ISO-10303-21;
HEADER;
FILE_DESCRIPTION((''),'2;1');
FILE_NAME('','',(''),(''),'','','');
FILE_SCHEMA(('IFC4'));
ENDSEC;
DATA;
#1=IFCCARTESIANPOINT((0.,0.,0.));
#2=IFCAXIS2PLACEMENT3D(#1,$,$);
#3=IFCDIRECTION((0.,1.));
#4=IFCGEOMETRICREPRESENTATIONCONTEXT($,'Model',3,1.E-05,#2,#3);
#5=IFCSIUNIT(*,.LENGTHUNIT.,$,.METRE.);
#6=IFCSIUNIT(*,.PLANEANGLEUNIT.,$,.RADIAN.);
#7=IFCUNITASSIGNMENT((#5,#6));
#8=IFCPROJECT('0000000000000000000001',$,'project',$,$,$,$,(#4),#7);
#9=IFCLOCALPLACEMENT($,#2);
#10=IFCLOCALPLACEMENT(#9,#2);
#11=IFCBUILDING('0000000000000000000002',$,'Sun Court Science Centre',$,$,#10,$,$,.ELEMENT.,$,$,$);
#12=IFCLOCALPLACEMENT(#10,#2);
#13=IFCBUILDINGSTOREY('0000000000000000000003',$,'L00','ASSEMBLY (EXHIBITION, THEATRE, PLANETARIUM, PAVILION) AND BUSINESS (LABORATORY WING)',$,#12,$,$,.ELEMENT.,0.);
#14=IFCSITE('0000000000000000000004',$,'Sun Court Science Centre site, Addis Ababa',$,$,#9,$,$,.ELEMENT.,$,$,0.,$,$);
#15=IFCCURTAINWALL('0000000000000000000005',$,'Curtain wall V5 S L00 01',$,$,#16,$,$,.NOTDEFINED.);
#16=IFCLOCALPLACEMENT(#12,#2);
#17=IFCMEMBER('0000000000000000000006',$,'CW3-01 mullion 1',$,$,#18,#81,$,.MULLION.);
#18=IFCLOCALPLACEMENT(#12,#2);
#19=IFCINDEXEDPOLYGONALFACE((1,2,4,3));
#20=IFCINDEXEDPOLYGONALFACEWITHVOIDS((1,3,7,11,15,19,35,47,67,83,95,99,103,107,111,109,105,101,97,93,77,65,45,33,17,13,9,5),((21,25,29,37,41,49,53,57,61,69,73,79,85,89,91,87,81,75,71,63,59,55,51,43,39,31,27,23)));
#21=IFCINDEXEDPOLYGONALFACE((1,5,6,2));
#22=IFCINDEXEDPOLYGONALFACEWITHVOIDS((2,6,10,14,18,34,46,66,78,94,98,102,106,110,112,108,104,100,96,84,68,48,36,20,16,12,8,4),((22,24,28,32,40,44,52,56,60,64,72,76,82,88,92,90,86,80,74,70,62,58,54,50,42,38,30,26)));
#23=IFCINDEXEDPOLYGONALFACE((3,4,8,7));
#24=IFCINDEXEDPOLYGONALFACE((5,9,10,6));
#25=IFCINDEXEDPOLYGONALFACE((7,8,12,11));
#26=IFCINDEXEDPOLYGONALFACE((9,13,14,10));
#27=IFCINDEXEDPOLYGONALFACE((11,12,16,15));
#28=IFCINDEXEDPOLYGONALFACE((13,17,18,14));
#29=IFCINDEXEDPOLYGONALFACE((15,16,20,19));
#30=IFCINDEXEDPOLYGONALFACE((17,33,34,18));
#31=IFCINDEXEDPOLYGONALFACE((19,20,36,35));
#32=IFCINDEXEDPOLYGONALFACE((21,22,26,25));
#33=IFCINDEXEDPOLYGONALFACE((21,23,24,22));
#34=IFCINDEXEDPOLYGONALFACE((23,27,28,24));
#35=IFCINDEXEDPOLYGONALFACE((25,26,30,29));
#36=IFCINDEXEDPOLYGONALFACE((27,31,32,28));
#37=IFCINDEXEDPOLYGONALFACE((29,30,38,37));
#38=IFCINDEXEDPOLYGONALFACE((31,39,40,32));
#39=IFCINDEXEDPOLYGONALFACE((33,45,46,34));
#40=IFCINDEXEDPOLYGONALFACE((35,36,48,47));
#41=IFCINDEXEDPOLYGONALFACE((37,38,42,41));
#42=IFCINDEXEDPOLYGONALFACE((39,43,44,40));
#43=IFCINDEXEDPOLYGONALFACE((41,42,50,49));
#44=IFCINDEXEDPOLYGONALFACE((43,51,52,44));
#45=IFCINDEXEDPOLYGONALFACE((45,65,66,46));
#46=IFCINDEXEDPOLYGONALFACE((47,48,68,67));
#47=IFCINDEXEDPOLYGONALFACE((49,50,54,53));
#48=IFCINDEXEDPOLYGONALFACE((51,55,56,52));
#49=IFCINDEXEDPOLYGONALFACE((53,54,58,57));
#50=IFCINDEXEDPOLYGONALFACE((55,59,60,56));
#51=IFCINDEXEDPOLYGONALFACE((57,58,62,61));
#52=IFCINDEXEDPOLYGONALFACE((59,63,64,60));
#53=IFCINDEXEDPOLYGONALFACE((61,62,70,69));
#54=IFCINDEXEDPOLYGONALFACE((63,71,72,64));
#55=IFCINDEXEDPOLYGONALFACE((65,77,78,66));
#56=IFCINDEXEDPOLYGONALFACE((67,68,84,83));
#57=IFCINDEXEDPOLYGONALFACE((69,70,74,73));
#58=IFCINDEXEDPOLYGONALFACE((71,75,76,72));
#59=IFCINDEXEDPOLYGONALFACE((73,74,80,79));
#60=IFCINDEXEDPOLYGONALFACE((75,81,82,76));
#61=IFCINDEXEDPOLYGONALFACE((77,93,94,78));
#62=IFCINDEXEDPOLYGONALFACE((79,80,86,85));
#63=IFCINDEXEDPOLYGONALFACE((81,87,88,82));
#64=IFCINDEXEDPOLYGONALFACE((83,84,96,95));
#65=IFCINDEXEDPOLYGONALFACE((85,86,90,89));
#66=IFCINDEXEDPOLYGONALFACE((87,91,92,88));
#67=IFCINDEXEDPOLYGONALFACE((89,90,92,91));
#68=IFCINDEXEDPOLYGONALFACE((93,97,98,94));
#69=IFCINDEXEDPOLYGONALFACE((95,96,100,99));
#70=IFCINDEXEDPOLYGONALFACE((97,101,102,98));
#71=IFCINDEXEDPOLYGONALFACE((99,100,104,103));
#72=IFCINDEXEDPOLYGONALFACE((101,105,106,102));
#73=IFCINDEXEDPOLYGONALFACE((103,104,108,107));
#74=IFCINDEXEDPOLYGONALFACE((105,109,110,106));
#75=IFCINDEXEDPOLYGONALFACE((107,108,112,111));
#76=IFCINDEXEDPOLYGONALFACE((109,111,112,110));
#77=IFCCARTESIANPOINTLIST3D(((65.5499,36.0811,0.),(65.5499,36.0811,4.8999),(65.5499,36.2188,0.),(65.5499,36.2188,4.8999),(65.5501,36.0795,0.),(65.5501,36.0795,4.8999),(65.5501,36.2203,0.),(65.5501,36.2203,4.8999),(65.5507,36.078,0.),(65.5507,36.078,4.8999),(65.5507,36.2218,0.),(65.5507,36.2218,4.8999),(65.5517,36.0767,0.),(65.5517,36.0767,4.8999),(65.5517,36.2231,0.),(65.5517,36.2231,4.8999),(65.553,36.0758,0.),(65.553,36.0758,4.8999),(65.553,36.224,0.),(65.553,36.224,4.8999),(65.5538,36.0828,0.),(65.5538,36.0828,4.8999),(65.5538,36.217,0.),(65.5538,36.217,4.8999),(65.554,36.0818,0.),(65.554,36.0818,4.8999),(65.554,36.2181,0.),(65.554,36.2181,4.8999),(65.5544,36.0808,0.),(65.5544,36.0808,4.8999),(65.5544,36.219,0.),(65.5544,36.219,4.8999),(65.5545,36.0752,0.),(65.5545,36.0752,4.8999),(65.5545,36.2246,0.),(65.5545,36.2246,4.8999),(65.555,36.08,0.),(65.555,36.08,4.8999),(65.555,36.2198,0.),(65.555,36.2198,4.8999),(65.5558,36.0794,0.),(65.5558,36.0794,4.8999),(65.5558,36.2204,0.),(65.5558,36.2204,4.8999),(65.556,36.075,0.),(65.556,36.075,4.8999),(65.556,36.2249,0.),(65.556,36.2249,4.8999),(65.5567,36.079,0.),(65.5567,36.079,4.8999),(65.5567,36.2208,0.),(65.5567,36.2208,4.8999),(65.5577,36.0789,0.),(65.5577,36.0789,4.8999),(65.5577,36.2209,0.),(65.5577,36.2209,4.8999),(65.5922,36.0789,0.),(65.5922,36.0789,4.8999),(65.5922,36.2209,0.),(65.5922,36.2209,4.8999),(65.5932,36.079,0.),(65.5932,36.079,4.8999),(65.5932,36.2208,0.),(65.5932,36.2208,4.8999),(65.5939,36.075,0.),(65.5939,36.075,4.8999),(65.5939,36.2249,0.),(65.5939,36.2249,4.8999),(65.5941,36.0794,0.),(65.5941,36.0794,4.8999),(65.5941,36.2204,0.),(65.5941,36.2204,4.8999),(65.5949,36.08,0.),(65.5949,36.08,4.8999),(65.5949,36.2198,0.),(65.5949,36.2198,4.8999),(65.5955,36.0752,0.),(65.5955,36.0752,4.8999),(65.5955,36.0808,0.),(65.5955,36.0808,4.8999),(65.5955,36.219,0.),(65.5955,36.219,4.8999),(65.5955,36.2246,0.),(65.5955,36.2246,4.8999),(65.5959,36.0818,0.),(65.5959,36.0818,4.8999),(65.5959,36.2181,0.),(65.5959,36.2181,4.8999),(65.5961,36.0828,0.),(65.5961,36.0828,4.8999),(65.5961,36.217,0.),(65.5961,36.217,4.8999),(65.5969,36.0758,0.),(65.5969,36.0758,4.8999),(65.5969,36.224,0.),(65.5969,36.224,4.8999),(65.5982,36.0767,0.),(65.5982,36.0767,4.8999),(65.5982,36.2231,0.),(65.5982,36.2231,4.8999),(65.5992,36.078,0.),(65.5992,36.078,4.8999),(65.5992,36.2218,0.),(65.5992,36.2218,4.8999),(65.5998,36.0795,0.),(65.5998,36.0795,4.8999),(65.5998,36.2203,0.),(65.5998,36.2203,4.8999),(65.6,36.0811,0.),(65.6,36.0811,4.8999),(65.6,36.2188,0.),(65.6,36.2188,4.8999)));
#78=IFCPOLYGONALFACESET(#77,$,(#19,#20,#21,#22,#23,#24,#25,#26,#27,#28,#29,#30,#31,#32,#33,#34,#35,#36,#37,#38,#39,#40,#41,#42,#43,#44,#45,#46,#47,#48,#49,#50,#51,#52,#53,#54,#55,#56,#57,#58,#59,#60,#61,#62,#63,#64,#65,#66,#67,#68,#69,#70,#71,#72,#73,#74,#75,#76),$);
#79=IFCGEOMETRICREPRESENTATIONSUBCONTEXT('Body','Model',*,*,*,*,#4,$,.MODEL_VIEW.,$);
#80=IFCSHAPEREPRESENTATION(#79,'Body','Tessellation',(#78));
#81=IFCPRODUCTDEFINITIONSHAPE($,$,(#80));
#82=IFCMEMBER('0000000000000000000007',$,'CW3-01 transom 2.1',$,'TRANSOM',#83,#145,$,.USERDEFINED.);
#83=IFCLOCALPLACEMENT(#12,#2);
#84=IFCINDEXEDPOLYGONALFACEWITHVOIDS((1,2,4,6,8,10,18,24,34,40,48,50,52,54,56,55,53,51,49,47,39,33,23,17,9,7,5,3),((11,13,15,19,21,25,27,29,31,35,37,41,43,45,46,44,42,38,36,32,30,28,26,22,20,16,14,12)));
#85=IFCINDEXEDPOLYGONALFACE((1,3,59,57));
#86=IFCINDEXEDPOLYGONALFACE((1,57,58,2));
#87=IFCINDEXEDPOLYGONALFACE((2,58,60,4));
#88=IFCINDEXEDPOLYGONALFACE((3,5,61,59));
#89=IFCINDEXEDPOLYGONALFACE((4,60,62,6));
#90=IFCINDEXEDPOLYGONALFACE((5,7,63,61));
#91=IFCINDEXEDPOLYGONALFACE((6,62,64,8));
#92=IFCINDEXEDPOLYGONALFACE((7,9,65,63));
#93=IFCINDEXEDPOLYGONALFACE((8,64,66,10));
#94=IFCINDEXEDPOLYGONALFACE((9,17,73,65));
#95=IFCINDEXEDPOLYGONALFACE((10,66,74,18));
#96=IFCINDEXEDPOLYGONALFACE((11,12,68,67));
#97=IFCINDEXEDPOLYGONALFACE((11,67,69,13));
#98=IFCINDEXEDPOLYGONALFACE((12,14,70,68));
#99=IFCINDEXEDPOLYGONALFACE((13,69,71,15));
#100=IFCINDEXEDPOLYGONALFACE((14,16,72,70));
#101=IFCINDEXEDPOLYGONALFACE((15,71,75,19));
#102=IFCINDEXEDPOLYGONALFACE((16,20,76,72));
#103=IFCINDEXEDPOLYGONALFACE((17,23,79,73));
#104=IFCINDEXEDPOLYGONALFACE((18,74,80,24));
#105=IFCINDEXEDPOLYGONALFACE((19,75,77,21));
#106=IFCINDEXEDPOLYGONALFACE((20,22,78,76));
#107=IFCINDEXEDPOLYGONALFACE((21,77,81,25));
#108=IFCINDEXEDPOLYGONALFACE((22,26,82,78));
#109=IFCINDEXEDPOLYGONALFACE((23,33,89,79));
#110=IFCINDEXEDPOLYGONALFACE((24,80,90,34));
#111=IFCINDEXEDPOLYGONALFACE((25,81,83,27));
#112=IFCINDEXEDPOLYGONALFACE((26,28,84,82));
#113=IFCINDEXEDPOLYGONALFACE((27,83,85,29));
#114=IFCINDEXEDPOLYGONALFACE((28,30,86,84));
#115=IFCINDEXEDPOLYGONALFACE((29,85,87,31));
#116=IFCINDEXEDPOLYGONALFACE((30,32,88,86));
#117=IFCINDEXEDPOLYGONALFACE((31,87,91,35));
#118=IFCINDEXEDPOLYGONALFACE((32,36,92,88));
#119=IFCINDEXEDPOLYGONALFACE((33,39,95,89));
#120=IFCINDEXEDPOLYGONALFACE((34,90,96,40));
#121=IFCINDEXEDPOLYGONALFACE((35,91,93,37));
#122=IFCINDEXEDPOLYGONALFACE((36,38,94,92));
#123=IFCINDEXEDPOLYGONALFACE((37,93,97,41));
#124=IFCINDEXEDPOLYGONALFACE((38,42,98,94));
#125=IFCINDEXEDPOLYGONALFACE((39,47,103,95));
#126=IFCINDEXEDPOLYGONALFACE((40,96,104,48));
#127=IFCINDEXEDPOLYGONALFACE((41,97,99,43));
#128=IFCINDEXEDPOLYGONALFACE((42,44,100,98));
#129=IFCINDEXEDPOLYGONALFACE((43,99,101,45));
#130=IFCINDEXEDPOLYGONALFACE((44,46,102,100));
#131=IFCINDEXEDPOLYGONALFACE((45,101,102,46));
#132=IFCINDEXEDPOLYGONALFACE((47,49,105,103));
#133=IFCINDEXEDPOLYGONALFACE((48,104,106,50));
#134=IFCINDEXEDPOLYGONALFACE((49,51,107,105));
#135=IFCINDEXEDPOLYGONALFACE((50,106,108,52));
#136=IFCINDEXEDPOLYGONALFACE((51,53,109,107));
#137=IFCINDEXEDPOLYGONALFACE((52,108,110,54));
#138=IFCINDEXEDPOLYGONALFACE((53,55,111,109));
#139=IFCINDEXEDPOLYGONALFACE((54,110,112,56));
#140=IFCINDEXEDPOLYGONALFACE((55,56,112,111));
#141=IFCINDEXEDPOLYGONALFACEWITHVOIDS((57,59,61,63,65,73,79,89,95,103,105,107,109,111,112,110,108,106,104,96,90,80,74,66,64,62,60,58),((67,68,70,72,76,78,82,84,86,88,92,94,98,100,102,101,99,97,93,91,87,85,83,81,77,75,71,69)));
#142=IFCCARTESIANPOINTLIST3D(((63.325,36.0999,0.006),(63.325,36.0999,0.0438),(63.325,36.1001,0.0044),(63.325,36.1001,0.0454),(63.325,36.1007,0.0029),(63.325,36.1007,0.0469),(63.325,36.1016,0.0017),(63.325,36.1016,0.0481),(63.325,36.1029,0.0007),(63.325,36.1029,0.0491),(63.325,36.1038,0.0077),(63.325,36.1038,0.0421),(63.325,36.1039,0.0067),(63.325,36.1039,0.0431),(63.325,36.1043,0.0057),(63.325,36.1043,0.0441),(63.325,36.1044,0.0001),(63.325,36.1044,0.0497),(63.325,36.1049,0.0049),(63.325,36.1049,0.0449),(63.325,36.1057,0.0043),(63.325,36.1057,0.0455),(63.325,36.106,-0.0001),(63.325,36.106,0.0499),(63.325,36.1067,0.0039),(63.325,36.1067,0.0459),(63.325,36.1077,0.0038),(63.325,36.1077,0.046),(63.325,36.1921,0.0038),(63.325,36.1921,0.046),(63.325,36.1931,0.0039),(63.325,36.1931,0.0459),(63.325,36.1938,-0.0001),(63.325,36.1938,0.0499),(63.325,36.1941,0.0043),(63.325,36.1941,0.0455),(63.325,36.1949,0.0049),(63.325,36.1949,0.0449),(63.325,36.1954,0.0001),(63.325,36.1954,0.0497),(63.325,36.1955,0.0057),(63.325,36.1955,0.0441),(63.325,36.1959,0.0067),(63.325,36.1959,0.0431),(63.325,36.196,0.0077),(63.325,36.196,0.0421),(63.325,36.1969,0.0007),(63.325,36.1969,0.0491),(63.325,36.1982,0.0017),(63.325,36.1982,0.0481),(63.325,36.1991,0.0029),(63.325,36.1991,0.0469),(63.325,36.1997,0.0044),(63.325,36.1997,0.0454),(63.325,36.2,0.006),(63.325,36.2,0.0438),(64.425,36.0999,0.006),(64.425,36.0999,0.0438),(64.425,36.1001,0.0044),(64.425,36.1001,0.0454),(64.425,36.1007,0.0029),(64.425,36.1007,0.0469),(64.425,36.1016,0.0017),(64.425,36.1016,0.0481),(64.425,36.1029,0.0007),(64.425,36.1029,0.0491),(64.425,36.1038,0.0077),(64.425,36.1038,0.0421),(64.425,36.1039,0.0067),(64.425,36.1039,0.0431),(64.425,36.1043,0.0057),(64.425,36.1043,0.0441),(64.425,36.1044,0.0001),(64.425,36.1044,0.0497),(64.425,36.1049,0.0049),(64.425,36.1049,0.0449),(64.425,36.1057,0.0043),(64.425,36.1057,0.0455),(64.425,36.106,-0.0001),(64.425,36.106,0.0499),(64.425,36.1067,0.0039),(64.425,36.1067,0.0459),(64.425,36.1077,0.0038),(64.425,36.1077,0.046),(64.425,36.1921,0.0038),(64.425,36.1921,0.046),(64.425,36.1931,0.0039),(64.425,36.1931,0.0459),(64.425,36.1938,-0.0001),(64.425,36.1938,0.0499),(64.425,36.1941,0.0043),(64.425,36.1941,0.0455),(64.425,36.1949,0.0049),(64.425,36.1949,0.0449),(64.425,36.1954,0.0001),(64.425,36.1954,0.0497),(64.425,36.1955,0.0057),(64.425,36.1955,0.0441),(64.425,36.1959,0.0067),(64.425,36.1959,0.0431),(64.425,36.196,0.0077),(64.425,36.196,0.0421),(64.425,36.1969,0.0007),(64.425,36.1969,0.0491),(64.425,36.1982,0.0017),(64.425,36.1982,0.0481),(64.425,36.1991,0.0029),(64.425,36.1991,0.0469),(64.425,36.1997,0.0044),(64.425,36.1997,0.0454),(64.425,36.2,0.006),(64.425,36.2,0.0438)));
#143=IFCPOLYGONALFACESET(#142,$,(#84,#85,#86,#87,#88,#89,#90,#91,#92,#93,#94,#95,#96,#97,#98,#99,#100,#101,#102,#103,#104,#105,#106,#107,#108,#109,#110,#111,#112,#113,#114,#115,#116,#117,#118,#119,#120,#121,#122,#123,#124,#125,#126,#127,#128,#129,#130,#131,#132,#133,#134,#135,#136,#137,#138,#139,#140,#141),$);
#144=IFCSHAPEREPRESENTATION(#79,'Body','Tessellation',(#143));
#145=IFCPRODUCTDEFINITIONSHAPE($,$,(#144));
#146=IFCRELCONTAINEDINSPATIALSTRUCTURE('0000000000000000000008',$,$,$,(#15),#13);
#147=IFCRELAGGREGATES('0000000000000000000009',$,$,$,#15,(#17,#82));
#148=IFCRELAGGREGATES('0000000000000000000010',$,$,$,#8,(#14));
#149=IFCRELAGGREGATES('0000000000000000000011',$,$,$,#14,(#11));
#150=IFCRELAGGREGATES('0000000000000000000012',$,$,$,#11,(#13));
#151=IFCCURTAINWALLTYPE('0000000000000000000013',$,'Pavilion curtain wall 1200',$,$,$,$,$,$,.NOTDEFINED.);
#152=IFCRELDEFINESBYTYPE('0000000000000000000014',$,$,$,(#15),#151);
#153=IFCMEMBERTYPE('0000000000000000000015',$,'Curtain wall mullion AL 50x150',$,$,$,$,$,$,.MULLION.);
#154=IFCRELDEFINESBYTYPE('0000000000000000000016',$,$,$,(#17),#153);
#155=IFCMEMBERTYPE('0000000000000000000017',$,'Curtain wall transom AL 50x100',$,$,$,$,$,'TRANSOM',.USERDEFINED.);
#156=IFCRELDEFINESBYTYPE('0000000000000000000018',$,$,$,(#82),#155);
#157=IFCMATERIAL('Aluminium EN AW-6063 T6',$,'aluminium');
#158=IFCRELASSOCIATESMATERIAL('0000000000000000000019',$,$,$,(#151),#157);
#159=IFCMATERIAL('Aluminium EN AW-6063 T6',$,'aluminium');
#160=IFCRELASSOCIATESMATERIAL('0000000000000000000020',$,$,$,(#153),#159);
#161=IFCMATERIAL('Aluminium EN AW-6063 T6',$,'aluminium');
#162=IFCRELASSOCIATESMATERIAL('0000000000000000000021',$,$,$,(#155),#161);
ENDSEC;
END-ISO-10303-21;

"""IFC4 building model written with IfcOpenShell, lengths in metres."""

from ifc_helpers import new_model, si_unit, direction, frame, origin, origin_2d, place, context, subcontext, project, spatial, hollow_rectangle, extrude, material, material_profile, profile_set, type_object, element, aggregate, save


model = new_model("IFC4")

# Units and contexts
model_context = context("Model", 3, precision=1e-05, world=origin(), true_north=direction((0.0, 1.0)))
body_context = subcontext(model_context, "Body", "Model", "MODEL_VIEW")
ifc_project = project(units=[si_unit("LENGTHUNIT", "METRE"), si_unit("PLANEANGLEUNIT", "RADIAN")], contexts=[model_context])

# Site, building, storey
site_placement = place(None, origin())
site = spatial("IfcSite", under=ifc_project, at=site_placement, Name="Sun Court Science Centre site, Addis Ababa", CompositionType="ELEMENT", RefElevation=0.0)
building_placement = place(site_placement, origin())
building = spatial("IfcBuilding", under=site, at=building_placement, Name="Sun Court Science Centre", CompositionType="ELEMENT")
storey_placement = place(building_placement, origin())
storey = spatial("IfcBuildingStorey", under=building, at=storey_placement, Name="L00", Description="ASSEMBLY (EXHIBITION, THEATRE, PLANETARIUM, PAVILION) AND BUSINESS (LABORATORY WING)", CompositionType="ELEMENT", Elevation=0.0)

# Curtain wall, members
ifc_material_1 = material(Name="Aluminium EN AW-6063 T6", Category="aluminium")
curtain_wall_type = type_object("IfcCurtainWallType", Name="Pavilion curtain wall 1200", PredefinedType="NOTDEFINED", material=ifc_material_1)
curtain_wall_placement = place(storey_placement, origin())
curtain_wall = element("IfcCurtainWall", 1, at=curtain_wall_placement, inside=storey, type_object=curtain_wall_type, Name="Curtain wall V5 S L00 01", PredefinedType="NOTDEFINED")
ifc_material_2 = material(Name="Aluminium EN AW-6063 T6", Category="aluminium")
ifc_material_profile_1 = material_profile(ifc_material_2, hollow_rectangle(XDim=0.05, YDim=0.1499, WallThickness=0.0039, InnerFilletRadius=0.0039, OuterFilletRadius=0.0061, at=origin_2d()), Name="AL 50x150x4")
ifc_profile_set_1 = profile_set([ifc_material_profile_1], Name="Aluminium EN AW-6063 T6")
member_type_1 = type_object("IfcMemberType", Name="Curtain wall mullion AL 50x150", PredefinedType="MULLION", material=ifc_profile_set_1)
member_1_placement = place(storey_placement, frame((65.575, 36.1499, 0.0), z_axis=(0.0, 0.0, 1.0), x_axis=(-1.0, 0.0, 0.0)))
member_1 = element("IfcMember", 2, at=member_1_placement, type_object=member_type_1, Name="CW3-01 mullion 1", PredefinedType="MULLION", context=body_context, shape_type="SweptSolid", body=[
    extrude(hollow_rectangle(XDim=0.05, YDim=0.1499, WallThickness=0.0039, InnerFilletRadius=0.0039, OuterFilletRadius=0.0061, at=origin_2d()), origin(), (0.0, 0.0, 1.0), 4.8999),
])
ifc_material_3 = material(Name="Aluminium EN AW-6063 T6", Category="aluminium")
ifc_material_profile_2 = material_profile(ifc_material_3, hollow_rectangle(XDim=0.05, YDim=0.1001, WallThickness=0.0039, InnerFilletRadius=0.0039, OuterFilletRadius=0.0061, at=origin_2d()), Name="AL 50x100x4")
ifc_profile_set_2 = profile_set([ifc_material_profile_2], Name="Aluminium EN AW-6063 T6")
member_type_2 = type_object("IfcMemberType", Name="Curtain wall transom AL 50x100", ElementType="TRANSOM", PredefinedType="USERDEFINED", material=ifc_profile_set_2)
member_2_placement = place(storey_placement, frame((64.425, 36.1499, 0.0249), z_axis=(-1.0, 0.0, 0.0), x_axis=(0.0, 0.0, 1.0)))
member_2 = element("IfcMember", 3, at=member_2_placement, type_object=member_type_2, Name="CW3-01 transom 2.1", ObjectType="TRANSOM", PredefinedType="USERDEFINED", context=body_context, shape_type="SweptSolid", body=[
    extrude(hollow_rectangle(XDim=0.05, YDim=0.1001, WallThickness=0.0039, InnerFilletRadius=0.0039, OuterFilletRadius=0.0061, at=origin_2d()), origin(), (0.0, 0.0, 1.0), 1.1001),
])
aggregate(curtain_wall, [member_1, member_2])

save(model, "model.ifc")
